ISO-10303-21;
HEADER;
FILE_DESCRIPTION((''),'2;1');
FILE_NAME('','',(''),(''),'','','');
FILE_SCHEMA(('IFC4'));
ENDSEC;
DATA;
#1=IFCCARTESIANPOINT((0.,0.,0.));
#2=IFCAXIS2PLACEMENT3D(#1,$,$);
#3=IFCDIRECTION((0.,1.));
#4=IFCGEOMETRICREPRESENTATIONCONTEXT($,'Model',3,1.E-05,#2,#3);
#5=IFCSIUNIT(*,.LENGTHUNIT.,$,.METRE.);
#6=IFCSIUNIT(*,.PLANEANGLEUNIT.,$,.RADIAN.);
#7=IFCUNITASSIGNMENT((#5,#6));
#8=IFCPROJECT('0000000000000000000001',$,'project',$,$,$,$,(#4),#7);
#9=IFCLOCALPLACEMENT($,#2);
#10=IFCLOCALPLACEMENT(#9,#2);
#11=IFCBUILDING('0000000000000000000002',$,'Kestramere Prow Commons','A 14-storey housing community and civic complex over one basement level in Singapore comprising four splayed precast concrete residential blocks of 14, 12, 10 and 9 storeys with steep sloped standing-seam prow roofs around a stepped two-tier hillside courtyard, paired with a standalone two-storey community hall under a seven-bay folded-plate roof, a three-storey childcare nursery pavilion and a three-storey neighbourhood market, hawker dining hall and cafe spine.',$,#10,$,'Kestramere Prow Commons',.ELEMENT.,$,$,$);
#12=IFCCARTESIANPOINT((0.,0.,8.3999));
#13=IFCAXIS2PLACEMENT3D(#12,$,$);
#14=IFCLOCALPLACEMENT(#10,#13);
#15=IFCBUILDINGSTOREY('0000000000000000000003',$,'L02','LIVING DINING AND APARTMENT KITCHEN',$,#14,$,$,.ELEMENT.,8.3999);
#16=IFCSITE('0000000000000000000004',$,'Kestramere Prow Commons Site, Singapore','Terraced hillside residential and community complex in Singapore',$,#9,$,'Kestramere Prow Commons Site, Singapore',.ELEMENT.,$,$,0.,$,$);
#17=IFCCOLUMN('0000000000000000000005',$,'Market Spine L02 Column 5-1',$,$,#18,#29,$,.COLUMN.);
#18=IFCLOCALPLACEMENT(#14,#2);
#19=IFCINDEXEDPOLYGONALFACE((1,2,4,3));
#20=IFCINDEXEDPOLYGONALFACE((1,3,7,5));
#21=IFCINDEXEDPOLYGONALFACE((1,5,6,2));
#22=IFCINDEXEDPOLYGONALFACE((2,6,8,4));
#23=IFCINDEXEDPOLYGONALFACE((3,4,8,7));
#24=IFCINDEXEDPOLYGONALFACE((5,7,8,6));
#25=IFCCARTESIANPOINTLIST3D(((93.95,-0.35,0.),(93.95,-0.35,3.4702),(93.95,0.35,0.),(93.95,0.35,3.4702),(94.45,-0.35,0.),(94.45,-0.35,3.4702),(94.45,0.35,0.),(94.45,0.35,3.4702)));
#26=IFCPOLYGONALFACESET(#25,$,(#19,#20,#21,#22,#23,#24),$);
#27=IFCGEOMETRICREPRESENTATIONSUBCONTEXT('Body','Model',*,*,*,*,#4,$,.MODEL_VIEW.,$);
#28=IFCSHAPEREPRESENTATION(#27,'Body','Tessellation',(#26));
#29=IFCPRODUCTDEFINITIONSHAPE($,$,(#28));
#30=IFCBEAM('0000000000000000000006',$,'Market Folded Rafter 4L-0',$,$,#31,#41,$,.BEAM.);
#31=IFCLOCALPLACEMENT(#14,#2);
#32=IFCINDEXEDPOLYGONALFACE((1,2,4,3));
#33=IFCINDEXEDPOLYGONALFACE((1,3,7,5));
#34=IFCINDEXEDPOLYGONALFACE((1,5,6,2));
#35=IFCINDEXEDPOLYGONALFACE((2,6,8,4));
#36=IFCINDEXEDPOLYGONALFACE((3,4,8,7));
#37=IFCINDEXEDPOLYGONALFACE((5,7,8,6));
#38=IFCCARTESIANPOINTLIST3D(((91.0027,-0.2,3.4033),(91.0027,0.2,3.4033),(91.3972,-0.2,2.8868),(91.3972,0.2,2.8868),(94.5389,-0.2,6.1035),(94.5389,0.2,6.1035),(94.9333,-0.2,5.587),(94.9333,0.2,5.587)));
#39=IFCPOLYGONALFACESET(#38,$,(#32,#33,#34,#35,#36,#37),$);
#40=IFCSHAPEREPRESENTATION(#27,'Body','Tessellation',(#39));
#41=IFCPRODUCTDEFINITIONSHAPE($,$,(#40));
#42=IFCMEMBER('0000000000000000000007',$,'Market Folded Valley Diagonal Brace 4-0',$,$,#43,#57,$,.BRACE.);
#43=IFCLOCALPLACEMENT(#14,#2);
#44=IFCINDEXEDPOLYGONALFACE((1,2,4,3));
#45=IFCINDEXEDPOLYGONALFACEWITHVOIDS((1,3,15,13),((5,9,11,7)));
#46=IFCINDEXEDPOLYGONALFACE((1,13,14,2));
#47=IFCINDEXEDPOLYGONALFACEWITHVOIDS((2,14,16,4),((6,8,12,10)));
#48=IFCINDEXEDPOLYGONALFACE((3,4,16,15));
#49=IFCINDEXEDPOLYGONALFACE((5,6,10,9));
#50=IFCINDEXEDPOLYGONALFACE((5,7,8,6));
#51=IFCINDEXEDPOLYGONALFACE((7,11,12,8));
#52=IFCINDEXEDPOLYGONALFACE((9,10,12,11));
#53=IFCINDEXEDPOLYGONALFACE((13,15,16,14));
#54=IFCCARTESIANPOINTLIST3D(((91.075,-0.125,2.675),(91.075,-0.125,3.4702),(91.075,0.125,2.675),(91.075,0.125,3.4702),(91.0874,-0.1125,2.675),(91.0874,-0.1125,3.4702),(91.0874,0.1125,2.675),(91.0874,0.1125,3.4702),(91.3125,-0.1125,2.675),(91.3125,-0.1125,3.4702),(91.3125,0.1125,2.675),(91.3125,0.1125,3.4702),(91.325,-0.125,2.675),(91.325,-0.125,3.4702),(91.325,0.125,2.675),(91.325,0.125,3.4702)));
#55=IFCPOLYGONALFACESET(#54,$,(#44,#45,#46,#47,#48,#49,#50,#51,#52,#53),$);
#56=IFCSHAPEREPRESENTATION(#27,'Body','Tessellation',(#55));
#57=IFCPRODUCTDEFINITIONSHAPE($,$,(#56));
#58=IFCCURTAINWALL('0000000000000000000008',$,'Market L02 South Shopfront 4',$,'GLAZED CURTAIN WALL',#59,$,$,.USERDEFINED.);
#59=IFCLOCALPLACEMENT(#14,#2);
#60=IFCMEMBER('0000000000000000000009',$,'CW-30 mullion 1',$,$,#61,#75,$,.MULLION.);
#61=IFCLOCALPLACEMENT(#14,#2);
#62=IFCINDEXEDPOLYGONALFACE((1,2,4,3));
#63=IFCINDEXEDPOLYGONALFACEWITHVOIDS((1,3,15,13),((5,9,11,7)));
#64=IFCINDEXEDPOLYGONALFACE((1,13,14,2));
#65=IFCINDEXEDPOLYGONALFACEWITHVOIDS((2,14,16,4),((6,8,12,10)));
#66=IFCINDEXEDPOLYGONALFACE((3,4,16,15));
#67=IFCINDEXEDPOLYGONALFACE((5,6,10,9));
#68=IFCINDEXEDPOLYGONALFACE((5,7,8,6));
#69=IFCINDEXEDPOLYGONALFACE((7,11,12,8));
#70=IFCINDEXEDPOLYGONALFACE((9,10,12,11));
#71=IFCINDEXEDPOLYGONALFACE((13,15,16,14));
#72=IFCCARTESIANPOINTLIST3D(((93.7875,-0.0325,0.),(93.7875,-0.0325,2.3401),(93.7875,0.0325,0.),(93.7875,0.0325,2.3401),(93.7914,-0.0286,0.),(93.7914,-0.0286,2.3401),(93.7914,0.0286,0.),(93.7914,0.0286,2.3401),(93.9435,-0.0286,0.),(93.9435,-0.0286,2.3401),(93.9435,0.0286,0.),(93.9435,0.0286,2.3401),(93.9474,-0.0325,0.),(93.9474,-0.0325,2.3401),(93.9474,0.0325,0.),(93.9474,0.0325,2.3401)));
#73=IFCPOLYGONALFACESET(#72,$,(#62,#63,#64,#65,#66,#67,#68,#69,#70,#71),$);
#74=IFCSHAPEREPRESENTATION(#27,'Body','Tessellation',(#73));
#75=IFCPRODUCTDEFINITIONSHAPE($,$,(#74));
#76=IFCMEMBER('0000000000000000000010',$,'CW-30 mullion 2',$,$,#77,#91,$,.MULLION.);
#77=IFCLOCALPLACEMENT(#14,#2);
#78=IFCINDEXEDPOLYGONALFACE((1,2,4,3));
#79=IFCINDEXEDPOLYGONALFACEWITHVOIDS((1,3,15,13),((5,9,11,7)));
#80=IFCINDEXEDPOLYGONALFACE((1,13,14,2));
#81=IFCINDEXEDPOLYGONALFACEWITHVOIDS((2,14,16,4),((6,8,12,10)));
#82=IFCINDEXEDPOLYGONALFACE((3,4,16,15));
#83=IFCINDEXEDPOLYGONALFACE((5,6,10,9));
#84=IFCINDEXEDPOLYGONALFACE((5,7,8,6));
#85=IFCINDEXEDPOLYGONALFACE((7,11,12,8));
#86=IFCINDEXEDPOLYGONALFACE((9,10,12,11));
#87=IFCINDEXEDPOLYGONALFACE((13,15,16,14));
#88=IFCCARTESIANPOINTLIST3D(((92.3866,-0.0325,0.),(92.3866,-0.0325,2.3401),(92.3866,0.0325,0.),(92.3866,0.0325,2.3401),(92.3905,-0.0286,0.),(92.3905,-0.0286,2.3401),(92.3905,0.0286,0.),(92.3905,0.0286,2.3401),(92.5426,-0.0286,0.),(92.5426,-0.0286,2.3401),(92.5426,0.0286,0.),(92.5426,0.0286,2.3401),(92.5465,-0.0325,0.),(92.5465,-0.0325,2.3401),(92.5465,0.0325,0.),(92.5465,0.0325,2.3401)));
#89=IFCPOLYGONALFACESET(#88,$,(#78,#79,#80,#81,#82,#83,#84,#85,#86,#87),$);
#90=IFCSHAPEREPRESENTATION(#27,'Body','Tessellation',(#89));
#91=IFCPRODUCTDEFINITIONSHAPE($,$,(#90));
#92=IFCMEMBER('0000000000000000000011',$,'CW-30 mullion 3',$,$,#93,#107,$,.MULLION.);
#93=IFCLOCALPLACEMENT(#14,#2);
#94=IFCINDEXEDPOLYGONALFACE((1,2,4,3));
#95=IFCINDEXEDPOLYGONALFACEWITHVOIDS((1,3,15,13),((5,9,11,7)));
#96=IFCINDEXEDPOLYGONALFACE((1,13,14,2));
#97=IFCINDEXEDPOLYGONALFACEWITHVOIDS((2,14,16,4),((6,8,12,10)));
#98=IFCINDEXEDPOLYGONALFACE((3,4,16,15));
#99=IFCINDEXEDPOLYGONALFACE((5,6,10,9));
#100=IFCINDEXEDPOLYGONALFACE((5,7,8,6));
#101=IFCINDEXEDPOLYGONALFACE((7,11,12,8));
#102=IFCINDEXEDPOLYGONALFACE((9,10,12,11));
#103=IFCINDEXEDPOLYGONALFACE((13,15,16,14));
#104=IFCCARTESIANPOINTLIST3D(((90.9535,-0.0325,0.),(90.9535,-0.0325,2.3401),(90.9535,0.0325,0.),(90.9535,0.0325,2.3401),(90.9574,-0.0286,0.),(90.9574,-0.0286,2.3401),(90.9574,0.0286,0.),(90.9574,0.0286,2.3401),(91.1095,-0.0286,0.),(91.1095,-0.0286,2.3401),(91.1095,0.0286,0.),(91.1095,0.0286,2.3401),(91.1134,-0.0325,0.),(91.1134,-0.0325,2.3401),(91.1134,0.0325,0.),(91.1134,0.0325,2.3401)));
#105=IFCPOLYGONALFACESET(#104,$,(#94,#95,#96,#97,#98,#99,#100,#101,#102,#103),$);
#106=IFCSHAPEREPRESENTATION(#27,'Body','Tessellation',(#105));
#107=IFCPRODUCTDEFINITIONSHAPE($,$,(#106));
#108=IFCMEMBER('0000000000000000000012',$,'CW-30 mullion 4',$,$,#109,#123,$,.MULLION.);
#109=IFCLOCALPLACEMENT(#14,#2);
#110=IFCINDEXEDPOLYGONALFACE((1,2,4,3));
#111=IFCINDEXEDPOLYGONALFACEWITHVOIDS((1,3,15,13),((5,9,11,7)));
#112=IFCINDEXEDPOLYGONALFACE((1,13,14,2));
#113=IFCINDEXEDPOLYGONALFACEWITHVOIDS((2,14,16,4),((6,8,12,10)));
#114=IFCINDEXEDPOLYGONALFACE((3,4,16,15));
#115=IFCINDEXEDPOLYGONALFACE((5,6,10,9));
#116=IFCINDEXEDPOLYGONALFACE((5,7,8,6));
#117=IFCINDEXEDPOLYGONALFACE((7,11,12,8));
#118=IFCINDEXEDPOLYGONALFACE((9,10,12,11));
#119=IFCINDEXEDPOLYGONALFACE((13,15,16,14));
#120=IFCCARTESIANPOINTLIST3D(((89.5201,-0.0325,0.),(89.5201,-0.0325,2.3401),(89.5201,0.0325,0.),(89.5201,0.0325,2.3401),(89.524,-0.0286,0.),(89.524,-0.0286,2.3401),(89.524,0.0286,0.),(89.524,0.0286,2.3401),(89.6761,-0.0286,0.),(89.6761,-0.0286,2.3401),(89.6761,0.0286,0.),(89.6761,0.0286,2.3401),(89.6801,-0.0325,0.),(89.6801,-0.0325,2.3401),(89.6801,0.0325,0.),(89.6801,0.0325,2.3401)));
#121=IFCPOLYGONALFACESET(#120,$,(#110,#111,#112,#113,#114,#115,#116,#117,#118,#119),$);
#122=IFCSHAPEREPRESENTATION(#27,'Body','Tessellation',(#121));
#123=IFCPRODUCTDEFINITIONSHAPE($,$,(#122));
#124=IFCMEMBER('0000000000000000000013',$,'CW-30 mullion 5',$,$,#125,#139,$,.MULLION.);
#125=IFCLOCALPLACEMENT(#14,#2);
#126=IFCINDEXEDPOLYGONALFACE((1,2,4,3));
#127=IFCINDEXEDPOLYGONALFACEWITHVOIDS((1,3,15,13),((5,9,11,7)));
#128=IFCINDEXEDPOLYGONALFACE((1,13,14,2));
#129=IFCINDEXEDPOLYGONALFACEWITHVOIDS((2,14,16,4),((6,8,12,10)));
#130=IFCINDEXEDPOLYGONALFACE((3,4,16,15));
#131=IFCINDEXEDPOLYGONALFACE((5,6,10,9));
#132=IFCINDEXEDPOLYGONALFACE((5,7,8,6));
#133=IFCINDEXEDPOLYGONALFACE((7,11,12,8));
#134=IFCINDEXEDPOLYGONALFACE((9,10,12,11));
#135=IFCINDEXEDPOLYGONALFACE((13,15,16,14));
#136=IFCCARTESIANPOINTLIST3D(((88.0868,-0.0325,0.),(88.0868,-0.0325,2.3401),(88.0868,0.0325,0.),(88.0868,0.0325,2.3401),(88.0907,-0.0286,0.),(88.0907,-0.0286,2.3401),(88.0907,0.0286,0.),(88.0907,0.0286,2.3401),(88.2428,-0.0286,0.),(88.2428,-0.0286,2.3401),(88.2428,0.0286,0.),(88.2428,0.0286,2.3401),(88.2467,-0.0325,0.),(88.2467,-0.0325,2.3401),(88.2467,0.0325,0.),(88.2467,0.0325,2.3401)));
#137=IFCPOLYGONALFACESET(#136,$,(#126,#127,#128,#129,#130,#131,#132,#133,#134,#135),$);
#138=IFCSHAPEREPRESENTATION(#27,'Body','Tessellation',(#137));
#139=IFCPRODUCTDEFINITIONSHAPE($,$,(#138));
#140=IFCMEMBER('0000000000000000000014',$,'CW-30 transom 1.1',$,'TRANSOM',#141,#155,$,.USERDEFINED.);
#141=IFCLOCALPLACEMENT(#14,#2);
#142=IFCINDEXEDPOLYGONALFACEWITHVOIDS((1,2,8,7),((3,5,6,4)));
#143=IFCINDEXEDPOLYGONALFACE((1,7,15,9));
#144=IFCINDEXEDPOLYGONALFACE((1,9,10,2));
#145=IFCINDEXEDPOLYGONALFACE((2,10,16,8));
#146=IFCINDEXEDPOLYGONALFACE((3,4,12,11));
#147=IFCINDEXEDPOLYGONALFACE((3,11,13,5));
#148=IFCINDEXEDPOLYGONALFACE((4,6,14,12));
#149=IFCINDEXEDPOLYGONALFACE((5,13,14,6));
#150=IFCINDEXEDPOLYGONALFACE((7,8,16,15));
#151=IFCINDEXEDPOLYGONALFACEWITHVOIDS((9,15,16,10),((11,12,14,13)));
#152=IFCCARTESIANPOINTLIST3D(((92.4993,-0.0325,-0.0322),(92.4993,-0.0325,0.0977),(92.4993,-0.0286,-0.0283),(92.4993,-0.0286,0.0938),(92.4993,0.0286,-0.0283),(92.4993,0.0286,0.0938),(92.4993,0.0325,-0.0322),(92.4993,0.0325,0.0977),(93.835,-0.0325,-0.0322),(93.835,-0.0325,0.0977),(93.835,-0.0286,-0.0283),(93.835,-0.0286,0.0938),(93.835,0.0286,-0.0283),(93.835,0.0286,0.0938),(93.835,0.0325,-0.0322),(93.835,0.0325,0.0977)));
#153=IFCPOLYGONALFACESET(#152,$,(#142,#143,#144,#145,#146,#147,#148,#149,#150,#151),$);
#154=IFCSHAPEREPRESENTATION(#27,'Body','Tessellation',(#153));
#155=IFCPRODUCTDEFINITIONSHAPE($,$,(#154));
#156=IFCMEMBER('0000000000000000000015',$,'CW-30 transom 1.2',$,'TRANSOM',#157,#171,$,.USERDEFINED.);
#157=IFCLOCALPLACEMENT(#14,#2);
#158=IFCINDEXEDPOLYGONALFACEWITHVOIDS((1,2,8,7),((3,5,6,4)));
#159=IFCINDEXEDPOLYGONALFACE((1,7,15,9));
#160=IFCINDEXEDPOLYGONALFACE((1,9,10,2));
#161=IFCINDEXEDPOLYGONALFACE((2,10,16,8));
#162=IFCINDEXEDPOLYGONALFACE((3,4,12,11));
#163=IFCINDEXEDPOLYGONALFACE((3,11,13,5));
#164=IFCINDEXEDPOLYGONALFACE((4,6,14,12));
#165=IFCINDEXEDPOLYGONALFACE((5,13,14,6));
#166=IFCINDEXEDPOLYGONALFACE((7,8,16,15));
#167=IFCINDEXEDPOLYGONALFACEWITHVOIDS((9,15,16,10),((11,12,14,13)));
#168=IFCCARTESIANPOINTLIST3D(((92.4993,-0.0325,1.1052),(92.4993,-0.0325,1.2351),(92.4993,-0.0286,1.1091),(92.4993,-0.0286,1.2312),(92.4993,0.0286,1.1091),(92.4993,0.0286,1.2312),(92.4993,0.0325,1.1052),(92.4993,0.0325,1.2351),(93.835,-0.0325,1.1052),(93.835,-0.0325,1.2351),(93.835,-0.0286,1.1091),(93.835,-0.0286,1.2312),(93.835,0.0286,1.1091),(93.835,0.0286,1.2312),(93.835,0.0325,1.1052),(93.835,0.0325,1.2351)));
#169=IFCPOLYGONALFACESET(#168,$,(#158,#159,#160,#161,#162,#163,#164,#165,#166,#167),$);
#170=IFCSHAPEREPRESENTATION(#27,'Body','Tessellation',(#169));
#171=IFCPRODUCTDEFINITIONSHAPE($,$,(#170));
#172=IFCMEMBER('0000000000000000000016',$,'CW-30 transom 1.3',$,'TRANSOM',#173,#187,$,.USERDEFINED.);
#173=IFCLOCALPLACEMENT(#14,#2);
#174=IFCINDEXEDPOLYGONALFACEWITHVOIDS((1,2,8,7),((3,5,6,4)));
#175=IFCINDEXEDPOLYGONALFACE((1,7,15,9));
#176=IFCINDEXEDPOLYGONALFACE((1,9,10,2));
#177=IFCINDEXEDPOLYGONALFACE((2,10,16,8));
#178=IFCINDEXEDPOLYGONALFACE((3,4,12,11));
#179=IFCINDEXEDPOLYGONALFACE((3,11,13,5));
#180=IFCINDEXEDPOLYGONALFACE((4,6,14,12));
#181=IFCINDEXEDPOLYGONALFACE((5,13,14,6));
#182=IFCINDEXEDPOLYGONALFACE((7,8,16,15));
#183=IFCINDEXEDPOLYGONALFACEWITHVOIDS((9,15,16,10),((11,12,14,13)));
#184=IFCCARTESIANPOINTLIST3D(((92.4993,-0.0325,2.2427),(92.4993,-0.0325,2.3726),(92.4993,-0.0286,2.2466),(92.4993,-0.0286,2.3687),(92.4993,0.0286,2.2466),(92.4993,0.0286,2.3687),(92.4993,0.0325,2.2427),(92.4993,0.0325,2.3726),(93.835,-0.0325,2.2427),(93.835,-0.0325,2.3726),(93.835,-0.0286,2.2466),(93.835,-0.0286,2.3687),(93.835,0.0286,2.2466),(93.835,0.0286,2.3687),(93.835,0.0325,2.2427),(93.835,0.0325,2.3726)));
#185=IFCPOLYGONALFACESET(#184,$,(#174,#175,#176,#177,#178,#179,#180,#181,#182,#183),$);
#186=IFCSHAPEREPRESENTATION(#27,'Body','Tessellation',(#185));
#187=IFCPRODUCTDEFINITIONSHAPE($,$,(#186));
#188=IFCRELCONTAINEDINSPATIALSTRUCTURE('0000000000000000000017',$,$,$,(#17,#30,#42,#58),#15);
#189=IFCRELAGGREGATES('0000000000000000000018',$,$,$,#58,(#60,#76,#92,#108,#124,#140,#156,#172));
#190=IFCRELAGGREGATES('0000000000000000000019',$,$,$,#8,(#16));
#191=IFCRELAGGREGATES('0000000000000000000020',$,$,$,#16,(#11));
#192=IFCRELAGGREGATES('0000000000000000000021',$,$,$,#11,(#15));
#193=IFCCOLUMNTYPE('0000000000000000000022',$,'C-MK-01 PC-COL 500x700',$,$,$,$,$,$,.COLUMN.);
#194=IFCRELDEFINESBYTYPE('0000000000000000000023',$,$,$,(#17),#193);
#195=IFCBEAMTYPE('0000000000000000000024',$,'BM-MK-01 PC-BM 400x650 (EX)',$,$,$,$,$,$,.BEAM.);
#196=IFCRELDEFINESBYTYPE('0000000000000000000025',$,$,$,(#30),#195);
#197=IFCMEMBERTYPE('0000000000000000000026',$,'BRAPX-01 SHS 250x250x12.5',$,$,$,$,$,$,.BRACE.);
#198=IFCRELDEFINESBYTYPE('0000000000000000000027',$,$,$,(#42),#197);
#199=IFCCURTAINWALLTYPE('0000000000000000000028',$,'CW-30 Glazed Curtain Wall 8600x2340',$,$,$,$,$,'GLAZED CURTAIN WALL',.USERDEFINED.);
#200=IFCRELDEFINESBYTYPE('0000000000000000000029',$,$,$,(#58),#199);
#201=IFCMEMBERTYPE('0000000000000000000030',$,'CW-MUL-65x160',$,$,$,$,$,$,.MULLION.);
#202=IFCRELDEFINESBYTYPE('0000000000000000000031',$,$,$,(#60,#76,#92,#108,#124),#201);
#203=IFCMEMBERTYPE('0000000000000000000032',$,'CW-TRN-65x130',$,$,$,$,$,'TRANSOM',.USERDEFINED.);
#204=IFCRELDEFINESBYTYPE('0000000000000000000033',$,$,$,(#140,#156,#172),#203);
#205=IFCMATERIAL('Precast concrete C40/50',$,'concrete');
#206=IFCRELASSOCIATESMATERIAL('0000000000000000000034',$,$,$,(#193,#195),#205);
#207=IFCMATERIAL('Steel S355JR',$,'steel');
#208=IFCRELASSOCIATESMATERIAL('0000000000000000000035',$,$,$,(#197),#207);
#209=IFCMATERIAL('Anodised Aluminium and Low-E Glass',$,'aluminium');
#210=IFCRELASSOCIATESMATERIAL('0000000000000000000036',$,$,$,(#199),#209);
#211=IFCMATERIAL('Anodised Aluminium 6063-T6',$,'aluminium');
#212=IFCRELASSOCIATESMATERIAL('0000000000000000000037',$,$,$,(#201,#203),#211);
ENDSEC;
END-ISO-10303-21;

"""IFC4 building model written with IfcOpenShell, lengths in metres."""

from ifc_helpers import new_model, si_unit, direction, frame, origin, origin_2d, place, context, subcontext, project, spatial, rectangle, hollow_rectangle, extrude, material, material_profile, profile_set, type_object, element, aggregate, save


model = new_model("IFC4")

# Units and contexts
model_context = context("Model", 3, precision=1e-05, world=origin(), true_north=direction((0.0, 1.0)))
body_context = subcontext(model_context, "Body", "Model", "MODEL_VIEW")
ifc_project = project(units=[si_unit("LENGTHUNIT", "METRE"), si_unit("PLANEANGLEUNIT", "RADIAN")], contexts=[model_context])

# Site, building, storey
site_placement = place(None, origin())
site = spatial("IfcSite", under=ifc_project, at=site_placement, Name="Kestramere Prow Commons Site, Singapore", Description="Terraced hillside residential and community complex in Singapore", LongName="Kestramere Prow Commons Site, Singapore", CompositionType="ELEMENT", RefElevation=0.0)
building_placement = place(site_placement, origin())
building = spatial("IfcBuilding", under=site, at=building_placement, Name="Kestramere Prow Commons", Description="A 14-storey housing community and civic complex over one basement level in Singapore comprising four splayed precast concrete residential blocks of 14, 12, 10 and 9 storeys with steep sloped standing-seam prow roofs around a stepped two-tier hillside courtyard, paired with a standalone two-storey community hall under a seven-bay folded-plate roof, a three-storey childcare nursery pavilion and a three-storey neighbourhood market, hawker dining hall and cafe spine.", LongName="Kestramere Prow Commons", CompositionType="ELEMENT")
storey_placement = place(building_placement, frame((0.0, 0.0, 8.3999)))
storey = spatial("IfcBuildingStorey", under=building, at=storey_placement, Name="L02", Description="LIVING DINING AND APARTMENT KITCHEN", CompositionType="ELEMENT", Elevation=8.3999)

# Column
ifc_material_1 = material(Name="Precast concrete C40/50", Category="concrete")
ifc_material_profile_1 = material_profile(ifc_material_1, rectangle(XDim=0.5, YDim=0.7, at=origin_2d()), Name="PC-COL 500x700")
ifc_profile_set_1 = profile_set([ifc_material_profile_1], Name="Precast concrete C40/50")
column_type = type_object("IfcColumnType", Name="C-MK-01 PC-COL 500x700", PredefinedType="COLUMN", material=ifc_profile_set_1)
column_placement = place(storey_placement, frame((94.2, 0.0, 0.0), z_axis=(0.0, 0.0, 1.0), x_axis=(1.0, 0.0, 0.0)))
element("IfcColumn", 1, at=column_placement, inside=storey, type_object=column_type, Name="Market Spine L02 Column 5-1", PredefinedType="COLUMN", context=body_context, shape_type="SweptSolid", body=[
    extrude(rectangle(XDim=0.5, YDim=0.7, at=origin_2d()), origin(), (0.0, 0.0, 1.0), 3.4702),
])

# Beam
ifc_material_profile_2 = material_profile(ifc_material_1, rectangle(XDim=0.3999, YDim=0.6499, at=origin_2d()), Name="PC-BM 400x650")
ifc_profile_set_2 = profile_set([ifc_material_profile_2], Name="Precast concrete C40/50")
beam_type = type_object("IfcBeamType", Name="BM-MK-01 PC-BM 400x650 (EX)", PredefinedType="BEAM", material=ifc_profile_set_2)
beam_placement = place(storey_placement, frame((91.2, 0.0, 3.145), z_axis=(0.794781, 0.0, 0.606896), x_axis=(0.0, 1.0, 0.0)))
element("IfcBeam", 2, at=beam_placement, inside=storey, type_object=beam_type, Name="Market Folded Rafter 4L-0", PredefinedType="BEAM", context=body_context, shape_type="SweptSolid", body=[
    extrude(rectangle(XDim=0.3999, YDim=0.6499, at=origin_2d()), origin(), (0.0, 0.0, 1.0), 4.4492),
])

# Member
ifc_material_2 = material(Name="Steel S355JR", Category="steel")
ifc_material_profile_3 = material_profile(ifc_material_2, hollow_rectangle(XDim=0.25, YDim=0.25, WallThickness=0.0125, at=origin_2d()), Name="SHS 250x250x12.5")
ifc_profile_set_3 = profile_set([ifc_material_profile_3], Name="Steel S355JR")
member_type_1 = type_object("IfcMemberType", Name="BRAPX-01 SHS 250x250x12.5", PredefinedType="BRACE", material=ifc_profile_set_3)
member_1_placement = place(storey_placement, frame((91.2, 0.0, 2.675), z_axis=(0.0, 0.0, 1.0), x_axis=(1.0, 0.0, 0.0)))
element("IfcMember", 3, at=member_1_placement, inside=storey, type_object=member_type_1, Name="Market Folded Valley Diagonal Brace 4-0", PredefinedType="BRACE", context=body_context, shape_type="SweptSolid", body=[
    extrude(hollow_rectangle(XDim=0.25, YDim=0.25, WallThickness=0.0125, at=origin_2d()), origin(), (0.0, 0.0, 1.0), 0.7952),
])

# Curtain wall, members
ifc_material_3 = material(Name="Anodised Aluminium and Low-E Glass", Category="aluminium")
curtain_wall_type = type_object("IfcCurtainWallType", Name="CW-30 Glazed Curtain Wall 8600x2340", ElementType="GLAZED CURTAIN WALL", PredefinedType="USERDEFINED", material=ifc_material_3)
curtain_wall_placement = place(storey_placement, origin())
curtain_wall = element("IfcCurtainWall", 4, at=curtain_wall_placement, inside=storey, type_object=curtain_wall_type, Name="Market L02 South Shopfront 4", ObjectType="GLAZED CURTAIN WALL", PredefinedType="USERDEFINED")
ifc_material_4 = material(Name="Anodised Aluminium 6063-T6", Category="aluminium")
ifc_material_profile_4 = material_profile(ifc_material_4, hollow_rectangle(XDim=0.0649, YDim=0.1599, WallThickness=0.0039, at=origin_2d()), Name="ALU-MUL 65x160")
ifc_profile_set_4 = profile_set([ifc_material_profile_4], Name="Anodised Aluminium 6063-T6")
member_type_2 = type_object("IfcMemberType", Name="CW-MUL-65x160", PredefinedType="MULLION", material=ifc_profile_set_4)
member_2_placement = place(storey_placement, frame((93.8674, 0.0, 0.0), z_axis=(0.0, 0.0, 1.0), x_axis=(0.0, -1.0, 0.0)))
member_2 = element("IfcMember", 5, at=member_2_placement, type_object=member_type_2, Name="CW-30 mullion 1", PredefinedType="MULLION", context=body_context, shape_type="SweptSolid", body=[
    extrude(hollow_rectangle(XDim=0.0649, YDim=0.1599, WallThickness=0.0039, at=origin_2d()), origin(), (0.0, 0.0, 1.0), 2.3401),
])
member_3_placement = place(storey_placement, frame((92.4666, 0.0, 0.0), z_axis=(0.0, 0.0, 1.0), x_axis=(0.0, -1.0, 0.0)))
member_3 = element("IfcMember", 6, at=member_3_placement, type_object=member_type_2, Name="CW-30 mullion 2", PredefinedType="MULLION", context=body_context, shape_type="SweptSolid", body=[
    extrude(hollow_rectangle(XDim=0.0649, YDim=0.1599, WallThickness=0.0039, at=origin_2d()), origin(), (0.0, 0.0, 1.0), 2.3401),
])
member_4_placement = place(storey_placement, frame((91.0334, 0.0, 0.0), z_axis=(0.0, 0.0, 1.0), x_axis=(0.0, -1.0, 0.0)))
member_4 = element("IfcMember", 7, at=member_4_placement, type_object=member_type_2, Name="CW-30 mullion 3", PredefinedType="MULLION", context=body_context, shape_type="SweptSolid", body=[
    extrude(hollow_rectangle(XDim=0.0649, YDim=0.1599, WallThickness=0.0039, at=origin_2d()), origin(), (0.0, 0.0, 1.0), 2.3401),
])
member_5_placement = place(storey_placement, frame((89.6001, 0.0, 0.0), z_axis=(0.0, 0.0, 1.0), x_axis=(0.0, -1.0, 0.0)))
member_5 = element("IfcMember", 8, at=member_5_placement, type_object=member_type_2, Name="CW-30 mullion 4", PredefinedType="MULLION", context=body_context, shape_type="SweptSolid", body=[
    extrude(hollow_rectangle(XDim=0.0649, YDim=0.1599, WallThickness=0.0039, at=origin_2d()), origin(), (0.0, 0.0, 1.0), 2.3401),
])
member_6_placement = place(storey_placement, frame((88.1667, 0.0, 0.0), z_axis=(0.0, 0.0, 1.0), x_axis=(0.0, -1.0, 0.0)))
member_6 = element("IfcMember", 9, at=member_6_placement, type_object=member_type_2, Name="CW-30 mullion 5", PredefinedType="MULLION", context=body_context, shape_type="SweptSolid", body=[
    extrude(hollow_rectangle(XDim=0.0649, YDim=0.1599, WallThickness=0.0039, at=origin_2d()), origin(), (0.0, 0.0, 1.0), 2.3401),
])
ifc_material_profile_5 = material_profile(ifc_material_4, hollow_rectangle(XDim=0.0649, YDim=0.1299, WallThickness=0.0039, at=origin_2d()), Name="ALU-TRN 65x130")
ifc_profile_set_5 = profile_set([ifc_material_profile_5], Name="Anodised Aluminium 6063-T6")
member_type_3 = type_object("IfcMemberType", Name="CW-TRN-65x130", ElementType="TRANSOM", PredefinedType="USERDEFINED", material=ifc_profile_set_5)
member_7_placement = place(storey_placement, frame((93.835, 0.0, 0.0327), z_axis=(-1.0, 0.0, 0.0), x_axis=(0.0, -1.0, 0.0)))
member_7 = element("IfcMember", 10, at=member_7_placement, type_object=member_type_3, Name="CW-30 transom 1.1", ObjectType="TRANSOM", PredefinedType="USERDEFINED", context=body_context, shape_type="SweptSolid", body=[
    extrude(hollow_rectangle(XDim=0.0649, YDim=0.1299, WallThickness=0.0039, at=origin_2d()), origin(), (0.0, 0.0, 1.0), 1.3357),
])
member_8_placement = place(storey_placement, frame((93.835, 0.0, 1.1702), z_axis=(-1.0, 0.0, 0.0), x_axis=(0.0, -1.0, 0.0)))
member_8 = element("IfcMember", 11, at=member_8_placement, type_object=member_type_3, Name="CW-30 transom 1.2", ObjectType="TRANSOM", PredefinedType="USERDEFINED", context=body_context, shape_type="SweptSolid", body=[
    extrude(hollow_rectangle(XDim=0.0649, YDim=0.1299, WallThickness=0.0039, at=origin_2d()), origin(), (0.0, 0.0, 1.0), 1.3357),
])
member_9_placement = place(storey_placement, frame((93.835, 0.0, 2.3076), z_axis=(-1.0, 0.0, 0.0), x_axis=(0.0, -1.0, 0.0)))
member_9 = element("IfcMember", 12, at=member_9_placement, type_object=member_type_3, Name="CW-30 transom 1.3", ObjectType="TRANSOM", PredefinedType="USERDEFINED", context=body_context, shape_type="SweptSolid", body=[
    extrude(hollow_rectangle(XDim=0.0649, YDim=0.1299, WallThickness=0.0039, at=origin_2d()), origin(), (0.0, 0.0, 1.0), 1.3357),
])
aggregate(curtain_wall, [member_2, member_3, member_4, member_5, member_6, member_7, member_8, member_9])

save(model, "model.ifc")
